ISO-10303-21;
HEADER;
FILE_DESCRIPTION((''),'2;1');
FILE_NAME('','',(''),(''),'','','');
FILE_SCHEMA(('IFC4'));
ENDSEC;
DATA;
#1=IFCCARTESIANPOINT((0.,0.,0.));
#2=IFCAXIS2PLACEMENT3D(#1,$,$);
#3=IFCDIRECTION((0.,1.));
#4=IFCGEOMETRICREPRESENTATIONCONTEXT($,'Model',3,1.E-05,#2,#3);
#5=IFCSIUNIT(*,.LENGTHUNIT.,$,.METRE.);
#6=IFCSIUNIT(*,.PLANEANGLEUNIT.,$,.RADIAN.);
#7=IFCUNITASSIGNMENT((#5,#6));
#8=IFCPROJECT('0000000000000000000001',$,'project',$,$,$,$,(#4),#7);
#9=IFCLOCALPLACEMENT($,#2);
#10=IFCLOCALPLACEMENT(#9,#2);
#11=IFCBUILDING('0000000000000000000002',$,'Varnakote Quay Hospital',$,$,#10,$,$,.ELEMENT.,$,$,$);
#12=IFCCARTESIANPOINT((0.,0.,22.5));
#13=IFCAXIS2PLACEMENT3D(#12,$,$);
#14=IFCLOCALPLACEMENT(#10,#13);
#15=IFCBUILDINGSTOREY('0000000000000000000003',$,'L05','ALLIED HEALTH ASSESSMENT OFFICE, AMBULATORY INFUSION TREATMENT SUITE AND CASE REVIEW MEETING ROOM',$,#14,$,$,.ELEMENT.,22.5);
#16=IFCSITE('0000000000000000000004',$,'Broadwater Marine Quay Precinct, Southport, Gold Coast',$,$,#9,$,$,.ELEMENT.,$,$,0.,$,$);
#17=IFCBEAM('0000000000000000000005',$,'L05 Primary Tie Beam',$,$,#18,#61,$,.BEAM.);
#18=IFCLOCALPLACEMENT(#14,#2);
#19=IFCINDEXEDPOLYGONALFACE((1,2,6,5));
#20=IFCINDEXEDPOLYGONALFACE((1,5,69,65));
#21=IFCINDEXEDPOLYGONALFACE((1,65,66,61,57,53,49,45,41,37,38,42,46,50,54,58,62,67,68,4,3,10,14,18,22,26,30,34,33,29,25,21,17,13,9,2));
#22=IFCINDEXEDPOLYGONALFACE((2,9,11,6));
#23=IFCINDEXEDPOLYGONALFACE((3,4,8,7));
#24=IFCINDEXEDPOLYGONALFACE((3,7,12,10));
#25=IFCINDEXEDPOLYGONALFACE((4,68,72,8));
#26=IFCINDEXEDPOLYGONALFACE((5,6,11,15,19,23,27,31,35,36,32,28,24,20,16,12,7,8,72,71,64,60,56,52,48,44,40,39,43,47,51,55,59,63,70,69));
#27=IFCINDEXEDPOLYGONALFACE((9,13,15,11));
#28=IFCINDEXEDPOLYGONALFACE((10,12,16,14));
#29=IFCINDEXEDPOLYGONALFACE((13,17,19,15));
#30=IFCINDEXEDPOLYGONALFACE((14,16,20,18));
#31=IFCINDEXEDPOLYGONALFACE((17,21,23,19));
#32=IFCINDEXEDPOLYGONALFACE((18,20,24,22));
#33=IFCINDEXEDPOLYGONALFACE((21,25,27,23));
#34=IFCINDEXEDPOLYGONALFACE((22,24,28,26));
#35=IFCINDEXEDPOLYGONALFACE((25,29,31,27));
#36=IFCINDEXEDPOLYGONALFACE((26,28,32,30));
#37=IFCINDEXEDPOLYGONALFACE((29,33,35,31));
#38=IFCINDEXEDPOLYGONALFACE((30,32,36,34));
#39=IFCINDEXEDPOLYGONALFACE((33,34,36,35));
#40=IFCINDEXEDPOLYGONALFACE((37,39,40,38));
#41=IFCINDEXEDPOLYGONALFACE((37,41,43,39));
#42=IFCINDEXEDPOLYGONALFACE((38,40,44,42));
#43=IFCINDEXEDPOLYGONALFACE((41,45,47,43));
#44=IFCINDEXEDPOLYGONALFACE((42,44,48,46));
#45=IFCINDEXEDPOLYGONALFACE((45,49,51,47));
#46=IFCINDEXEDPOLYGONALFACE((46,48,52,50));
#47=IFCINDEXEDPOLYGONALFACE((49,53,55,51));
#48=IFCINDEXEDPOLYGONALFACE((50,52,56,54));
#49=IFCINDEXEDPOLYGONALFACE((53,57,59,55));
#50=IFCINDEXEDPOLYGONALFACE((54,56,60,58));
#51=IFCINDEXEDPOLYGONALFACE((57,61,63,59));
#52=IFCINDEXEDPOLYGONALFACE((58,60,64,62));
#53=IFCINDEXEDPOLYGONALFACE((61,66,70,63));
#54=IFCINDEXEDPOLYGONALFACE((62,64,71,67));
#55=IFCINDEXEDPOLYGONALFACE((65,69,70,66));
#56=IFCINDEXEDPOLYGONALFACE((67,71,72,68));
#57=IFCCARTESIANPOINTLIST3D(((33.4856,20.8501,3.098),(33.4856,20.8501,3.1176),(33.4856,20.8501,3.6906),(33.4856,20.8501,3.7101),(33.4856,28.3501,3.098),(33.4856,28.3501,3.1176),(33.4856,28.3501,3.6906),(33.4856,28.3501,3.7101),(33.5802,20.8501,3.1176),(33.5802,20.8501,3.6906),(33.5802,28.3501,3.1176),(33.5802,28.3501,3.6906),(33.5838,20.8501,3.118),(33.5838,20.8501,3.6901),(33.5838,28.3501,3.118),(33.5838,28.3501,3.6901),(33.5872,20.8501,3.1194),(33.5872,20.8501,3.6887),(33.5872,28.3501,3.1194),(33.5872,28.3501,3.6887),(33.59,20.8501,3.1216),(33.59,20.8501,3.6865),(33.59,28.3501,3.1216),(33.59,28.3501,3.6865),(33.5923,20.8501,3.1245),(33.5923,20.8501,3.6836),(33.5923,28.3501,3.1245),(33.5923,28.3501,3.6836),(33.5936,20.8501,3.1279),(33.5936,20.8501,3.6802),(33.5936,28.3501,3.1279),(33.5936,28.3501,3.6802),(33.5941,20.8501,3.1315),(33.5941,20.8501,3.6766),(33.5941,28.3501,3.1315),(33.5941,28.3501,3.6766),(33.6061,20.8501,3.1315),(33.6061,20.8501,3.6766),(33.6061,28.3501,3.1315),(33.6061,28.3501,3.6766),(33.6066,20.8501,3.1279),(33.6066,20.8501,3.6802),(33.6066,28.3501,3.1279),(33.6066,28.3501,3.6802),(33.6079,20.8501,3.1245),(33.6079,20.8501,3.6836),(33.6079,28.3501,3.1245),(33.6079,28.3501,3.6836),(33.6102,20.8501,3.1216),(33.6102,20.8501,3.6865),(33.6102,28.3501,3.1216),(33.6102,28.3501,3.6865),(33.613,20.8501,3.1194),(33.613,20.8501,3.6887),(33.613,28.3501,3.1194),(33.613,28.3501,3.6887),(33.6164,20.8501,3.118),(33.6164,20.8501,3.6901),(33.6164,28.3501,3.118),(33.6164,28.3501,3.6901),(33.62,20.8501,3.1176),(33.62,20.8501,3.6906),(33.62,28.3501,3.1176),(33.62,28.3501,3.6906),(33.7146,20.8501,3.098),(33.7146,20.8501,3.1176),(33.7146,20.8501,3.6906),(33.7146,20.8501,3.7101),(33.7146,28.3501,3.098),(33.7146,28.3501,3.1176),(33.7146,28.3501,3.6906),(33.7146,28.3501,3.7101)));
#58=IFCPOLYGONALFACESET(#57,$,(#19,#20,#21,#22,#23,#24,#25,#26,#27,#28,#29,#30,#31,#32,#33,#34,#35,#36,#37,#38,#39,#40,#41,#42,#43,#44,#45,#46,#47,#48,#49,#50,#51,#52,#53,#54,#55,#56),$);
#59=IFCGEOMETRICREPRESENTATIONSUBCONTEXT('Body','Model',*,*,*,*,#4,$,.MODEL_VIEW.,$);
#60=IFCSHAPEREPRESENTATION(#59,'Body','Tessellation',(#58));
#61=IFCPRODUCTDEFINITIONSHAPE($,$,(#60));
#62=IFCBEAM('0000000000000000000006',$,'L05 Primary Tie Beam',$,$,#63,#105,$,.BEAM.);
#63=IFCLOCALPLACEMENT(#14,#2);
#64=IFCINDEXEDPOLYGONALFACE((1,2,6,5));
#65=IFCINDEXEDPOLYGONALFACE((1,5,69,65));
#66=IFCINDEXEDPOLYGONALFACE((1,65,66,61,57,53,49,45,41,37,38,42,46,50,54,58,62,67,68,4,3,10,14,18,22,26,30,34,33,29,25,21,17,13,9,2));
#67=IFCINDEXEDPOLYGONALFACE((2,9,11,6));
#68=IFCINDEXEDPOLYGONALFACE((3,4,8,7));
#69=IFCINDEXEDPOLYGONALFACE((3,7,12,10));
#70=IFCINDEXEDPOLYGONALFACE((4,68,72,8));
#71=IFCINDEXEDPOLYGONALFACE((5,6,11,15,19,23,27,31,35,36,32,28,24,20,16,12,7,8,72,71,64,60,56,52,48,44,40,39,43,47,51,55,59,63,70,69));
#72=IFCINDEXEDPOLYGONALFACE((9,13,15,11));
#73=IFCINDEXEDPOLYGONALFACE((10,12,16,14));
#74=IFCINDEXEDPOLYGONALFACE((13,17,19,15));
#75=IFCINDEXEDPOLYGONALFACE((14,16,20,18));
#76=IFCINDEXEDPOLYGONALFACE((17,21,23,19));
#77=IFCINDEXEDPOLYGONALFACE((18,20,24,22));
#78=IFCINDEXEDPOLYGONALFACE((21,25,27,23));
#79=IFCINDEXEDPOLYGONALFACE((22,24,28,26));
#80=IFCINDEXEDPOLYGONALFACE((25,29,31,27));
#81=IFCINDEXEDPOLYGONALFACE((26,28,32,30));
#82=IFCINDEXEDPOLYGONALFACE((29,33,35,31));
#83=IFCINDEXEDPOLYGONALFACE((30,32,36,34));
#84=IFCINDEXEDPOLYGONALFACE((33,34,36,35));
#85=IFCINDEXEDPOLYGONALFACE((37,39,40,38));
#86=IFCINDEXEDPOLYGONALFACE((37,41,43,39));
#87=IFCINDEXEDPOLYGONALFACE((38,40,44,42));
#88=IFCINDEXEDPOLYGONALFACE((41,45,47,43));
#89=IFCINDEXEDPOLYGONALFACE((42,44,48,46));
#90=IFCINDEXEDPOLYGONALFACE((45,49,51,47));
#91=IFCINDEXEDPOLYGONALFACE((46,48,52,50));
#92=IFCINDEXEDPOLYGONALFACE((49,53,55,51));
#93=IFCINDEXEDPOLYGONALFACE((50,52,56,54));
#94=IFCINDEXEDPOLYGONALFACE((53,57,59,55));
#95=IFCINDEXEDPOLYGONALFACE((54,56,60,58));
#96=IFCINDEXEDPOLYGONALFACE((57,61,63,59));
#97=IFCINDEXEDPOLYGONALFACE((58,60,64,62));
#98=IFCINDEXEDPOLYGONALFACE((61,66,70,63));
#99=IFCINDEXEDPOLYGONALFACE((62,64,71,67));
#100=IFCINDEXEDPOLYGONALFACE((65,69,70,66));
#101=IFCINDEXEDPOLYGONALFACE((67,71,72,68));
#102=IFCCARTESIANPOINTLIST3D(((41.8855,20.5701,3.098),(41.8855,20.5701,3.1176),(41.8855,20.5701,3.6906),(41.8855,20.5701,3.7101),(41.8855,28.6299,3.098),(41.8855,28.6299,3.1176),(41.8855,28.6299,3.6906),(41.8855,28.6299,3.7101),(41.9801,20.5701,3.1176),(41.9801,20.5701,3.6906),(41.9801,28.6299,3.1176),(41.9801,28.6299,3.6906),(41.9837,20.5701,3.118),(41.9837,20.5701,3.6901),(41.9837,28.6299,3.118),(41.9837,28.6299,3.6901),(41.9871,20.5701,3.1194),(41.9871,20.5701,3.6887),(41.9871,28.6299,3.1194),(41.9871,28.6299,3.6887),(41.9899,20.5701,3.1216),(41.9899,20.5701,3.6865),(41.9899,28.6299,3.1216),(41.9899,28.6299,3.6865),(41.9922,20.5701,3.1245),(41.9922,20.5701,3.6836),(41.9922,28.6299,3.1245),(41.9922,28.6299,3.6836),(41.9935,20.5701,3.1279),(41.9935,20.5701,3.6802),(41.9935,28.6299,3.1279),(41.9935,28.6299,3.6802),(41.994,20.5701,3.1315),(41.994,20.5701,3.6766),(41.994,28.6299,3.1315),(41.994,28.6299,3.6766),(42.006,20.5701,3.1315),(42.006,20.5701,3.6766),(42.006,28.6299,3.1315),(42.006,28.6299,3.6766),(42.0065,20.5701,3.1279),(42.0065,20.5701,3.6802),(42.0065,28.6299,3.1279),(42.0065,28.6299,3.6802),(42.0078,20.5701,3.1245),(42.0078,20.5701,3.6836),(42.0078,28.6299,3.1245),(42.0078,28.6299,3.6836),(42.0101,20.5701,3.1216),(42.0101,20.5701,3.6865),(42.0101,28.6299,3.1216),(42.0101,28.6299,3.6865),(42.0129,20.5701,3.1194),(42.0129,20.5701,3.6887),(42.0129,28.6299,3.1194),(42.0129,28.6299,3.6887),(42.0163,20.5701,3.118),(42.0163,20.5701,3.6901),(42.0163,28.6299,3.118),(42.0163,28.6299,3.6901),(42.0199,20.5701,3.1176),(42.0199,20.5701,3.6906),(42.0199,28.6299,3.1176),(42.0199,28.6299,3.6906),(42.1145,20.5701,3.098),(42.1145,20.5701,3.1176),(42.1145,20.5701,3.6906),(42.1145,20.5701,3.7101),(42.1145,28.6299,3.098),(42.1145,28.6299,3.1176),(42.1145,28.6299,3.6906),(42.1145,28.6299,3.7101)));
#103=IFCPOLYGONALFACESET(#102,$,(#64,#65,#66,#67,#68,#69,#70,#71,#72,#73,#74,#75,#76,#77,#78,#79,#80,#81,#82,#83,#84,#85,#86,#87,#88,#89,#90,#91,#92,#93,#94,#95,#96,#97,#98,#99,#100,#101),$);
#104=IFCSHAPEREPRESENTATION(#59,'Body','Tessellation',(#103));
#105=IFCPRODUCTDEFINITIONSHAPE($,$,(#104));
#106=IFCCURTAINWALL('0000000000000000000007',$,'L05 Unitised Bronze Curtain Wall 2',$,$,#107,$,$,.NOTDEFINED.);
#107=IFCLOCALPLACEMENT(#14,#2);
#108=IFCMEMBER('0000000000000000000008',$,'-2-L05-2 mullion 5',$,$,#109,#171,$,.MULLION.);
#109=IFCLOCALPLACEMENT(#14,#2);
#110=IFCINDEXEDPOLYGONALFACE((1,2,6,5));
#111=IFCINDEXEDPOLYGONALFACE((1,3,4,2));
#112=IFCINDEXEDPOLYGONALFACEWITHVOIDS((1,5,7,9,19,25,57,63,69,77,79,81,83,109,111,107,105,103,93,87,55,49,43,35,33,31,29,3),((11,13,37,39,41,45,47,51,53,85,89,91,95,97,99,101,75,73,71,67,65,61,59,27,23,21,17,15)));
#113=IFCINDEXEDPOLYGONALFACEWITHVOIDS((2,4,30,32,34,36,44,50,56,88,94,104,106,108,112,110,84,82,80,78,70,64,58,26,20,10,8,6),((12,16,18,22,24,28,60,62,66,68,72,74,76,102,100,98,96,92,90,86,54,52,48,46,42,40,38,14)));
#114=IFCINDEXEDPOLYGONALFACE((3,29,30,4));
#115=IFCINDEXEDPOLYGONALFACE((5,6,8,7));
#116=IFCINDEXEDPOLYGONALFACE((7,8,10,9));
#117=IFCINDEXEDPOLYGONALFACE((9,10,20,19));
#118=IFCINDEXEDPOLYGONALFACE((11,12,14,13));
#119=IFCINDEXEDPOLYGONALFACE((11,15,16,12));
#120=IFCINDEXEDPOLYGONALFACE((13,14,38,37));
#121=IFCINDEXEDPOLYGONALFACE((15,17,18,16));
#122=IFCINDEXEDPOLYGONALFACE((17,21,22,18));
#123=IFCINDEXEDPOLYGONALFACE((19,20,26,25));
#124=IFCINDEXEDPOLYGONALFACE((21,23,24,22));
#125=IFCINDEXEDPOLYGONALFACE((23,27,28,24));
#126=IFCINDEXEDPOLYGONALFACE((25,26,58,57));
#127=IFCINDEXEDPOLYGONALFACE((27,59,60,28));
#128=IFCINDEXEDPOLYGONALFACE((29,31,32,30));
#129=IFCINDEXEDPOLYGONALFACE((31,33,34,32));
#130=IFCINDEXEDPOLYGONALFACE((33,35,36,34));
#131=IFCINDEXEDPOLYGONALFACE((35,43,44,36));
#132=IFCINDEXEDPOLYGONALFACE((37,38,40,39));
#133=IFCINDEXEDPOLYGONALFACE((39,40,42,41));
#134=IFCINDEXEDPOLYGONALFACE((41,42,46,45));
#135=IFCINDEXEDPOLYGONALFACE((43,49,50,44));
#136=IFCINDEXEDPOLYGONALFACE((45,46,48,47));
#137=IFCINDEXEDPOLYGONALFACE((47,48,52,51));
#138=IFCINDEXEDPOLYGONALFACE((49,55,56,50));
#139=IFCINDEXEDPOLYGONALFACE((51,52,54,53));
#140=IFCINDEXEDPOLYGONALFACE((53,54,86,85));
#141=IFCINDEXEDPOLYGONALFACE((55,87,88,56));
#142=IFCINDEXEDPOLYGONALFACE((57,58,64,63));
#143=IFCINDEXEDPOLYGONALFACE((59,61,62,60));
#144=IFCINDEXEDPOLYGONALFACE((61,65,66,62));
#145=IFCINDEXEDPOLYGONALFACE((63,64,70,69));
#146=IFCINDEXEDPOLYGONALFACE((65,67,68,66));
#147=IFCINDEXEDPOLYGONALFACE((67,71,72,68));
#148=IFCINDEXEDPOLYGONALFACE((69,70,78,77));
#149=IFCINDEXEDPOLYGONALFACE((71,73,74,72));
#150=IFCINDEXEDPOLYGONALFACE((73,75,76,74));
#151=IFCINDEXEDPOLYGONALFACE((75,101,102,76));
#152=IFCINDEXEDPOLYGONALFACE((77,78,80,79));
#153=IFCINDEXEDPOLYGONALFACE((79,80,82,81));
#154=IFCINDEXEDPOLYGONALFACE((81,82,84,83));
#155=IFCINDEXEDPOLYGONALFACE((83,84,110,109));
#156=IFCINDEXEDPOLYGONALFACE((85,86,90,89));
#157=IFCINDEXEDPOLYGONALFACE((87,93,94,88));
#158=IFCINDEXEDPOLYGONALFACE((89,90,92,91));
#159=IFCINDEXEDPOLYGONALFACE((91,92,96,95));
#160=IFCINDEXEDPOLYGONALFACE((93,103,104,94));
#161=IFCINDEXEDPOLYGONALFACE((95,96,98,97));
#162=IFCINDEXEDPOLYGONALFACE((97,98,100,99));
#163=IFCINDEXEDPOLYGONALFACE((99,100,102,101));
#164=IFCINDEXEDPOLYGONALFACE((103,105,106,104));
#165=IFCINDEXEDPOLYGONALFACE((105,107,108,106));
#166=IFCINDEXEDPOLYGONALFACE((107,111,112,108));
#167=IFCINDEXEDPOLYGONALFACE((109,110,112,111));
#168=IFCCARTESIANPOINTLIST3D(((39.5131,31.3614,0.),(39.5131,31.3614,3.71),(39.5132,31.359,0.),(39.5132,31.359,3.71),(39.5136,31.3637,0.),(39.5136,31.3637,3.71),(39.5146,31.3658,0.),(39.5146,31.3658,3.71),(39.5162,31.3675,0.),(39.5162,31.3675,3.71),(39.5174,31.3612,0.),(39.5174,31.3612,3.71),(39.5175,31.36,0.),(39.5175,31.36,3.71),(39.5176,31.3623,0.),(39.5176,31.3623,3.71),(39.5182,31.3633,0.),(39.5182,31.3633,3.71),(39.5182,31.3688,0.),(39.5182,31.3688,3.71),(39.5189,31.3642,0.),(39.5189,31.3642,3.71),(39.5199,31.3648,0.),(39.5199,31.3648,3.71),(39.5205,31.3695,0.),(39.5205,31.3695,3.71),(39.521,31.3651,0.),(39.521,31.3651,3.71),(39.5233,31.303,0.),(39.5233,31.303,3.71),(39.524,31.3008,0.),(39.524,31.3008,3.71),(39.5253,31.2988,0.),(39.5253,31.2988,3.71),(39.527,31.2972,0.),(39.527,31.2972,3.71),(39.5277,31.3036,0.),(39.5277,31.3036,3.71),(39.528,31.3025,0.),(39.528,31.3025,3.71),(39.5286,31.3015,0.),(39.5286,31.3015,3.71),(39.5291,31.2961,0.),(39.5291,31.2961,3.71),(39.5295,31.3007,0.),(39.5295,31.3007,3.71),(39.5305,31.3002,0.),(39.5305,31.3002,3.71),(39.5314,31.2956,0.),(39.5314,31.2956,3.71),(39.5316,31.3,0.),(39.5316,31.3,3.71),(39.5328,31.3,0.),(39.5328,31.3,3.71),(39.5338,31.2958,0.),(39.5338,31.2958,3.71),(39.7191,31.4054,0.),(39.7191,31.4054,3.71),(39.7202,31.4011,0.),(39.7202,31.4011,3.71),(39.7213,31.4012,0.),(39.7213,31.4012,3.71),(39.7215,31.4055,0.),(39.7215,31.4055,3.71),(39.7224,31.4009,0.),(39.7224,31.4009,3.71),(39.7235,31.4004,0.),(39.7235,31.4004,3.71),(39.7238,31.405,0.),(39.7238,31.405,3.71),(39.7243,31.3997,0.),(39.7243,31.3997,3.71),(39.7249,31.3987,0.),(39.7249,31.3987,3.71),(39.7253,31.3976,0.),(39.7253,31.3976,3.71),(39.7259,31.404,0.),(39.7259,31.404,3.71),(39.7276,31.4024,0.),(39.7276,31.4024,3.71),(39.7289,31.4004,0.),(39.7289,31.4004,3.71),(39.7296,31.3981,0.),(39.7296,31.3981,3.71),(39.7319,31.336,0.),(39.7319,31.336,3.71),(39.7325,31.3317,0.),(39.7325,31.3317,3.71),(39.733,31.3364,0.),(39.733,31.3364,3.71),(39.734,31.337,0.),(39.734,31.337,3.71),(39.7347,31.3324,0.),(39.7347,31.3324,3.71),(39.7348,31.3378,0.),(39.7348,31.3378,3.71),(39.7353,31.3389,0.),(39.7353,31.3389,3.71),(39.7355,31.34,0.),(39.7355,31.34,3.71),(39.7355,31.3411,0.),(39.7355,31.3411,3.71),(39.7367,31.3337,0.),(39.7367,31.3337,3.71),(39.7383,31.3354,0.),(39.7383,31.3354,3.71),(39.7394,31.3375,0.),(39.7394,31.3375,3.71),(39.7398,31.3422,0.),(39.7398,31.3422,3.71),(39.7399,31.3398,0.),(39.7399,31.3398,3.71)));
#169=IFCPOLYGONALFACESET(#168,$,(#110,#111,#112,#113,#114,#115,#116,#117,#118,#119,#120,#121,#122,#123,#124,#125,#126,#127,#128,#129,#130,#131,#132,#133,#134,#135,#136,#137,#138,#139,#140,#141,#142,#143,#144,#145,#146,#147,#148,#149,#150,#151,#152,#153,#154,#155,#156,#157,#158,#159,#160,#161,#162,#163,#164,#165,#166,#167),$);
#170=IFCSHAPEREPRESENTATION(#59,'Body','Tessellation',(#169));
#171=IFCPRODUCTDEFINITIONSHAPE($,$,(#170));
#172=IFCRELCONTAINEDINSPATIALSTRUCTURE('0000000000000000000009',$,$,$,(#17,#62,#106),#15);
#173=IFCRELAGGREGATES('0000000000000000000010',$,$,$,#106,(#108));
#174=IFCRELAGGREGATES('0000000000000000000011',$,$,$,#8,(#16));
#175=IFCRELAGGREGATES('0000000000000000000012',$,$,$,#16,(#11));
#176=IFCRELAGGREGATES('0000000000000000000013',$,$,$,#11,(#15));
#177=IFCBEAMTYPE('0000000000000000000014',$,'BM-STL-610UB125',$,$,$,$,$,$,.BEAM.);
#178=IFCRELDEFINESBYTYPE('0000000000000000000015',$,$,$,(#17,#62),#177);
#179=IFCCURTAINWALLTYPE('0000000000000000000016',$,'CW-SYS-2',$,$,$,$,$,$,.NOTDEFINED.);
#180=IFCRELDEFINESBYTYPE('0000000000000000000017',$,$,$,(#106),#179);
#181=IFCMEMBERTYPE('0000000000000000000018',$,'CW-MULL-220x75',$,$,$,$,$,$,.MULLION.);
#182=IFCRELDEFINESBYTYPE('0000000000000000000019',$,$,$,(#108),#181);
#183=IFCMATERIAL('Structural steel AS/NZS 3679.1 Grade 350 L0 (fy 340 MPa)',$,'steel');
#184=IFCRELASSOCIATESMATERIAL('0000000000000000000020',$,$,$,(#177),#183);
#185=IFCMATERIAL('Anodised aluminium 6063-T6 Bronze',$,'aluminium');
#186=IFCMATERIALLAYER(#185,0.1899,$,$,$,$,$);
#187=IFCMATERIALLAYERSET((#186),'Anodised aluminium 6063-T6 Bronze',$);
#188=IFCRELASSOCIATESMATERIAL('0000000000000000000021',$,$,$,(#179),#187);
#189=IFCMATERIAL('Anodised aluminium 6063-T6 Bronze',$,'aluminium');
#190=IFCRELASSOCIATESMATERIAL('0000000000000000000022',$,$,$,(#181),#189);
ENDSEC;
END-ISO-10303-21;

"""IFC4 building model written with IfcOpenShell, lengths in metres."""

from ifc_helpers import new_model, si_unit, direction, frame, origin, origin_2d, place, context, subcontext, project, spatial, hollow_rectangle, i_section, extrude, material, layer, layer_set, material_profile, profile_set, type_object, element, aggregate, save


model = new_model("IFC4")

# Units and contexts
model_context = context("Model", 3, precision=1e-05, world=origin(), true_north=direction((0.0, 1.0)))
body_context = subcontext(model_context, "Body", "Model", "MODEL_VIEW")
ifc_project = project(units=[si_unit("LENGTHUNIT", "METRE"), si_unit("PLANEANGLEUNIT", "RADIAN")], contexts=[model_context])

# Site, building, storey
site_placement = place(None, origin())
site = spatial("IfcSite", under=ifc_project, at=site_placement, Name="Broadwater Marine Quay Precinct, Southport, Gold Coast", CompositionType="ELEMENT", RefElevation=0.0)
building_placement = place(site_placement, origin())
building = spatial("IfcBuilding", under=site, at=building_placement, Name="Varnakote Quay Hospital", CompositionType="ELEMENT")
storey_placement = place(building_placement, frame((0.0, 0.0, 22.5)))
storey = spatial("IfcBuildingStorey", under=building, at=storey_placement, Name="L05", Description="ALLIED HEALTH ASSESSMENT OFFICE, AMBULATORY INFUSION TREATMENT SUITE AND CASE REVIEW MEETING ROOM", CompositionType="ELEMENT", Elevation=22.5)

# Beams
ifc_material_1 = material(Name="Structural steel AS/NZS 3679.1 Grade 350 L0 (fy 340 MPa)", Category="steel")
ifc_material_profile_1 = material_profile(ifc_material_1, i_section(OverallWidth=0.229, OverallDepth=0.6121, WebThickness=0.012, FlangeThickness=0.0195, FilletRadius=0.0139, at=origin_2d()), Name="610UB125")
ifc_profile_set_1 = profile_set([ifc_material_profile_1], Name="Structural steel AS/NZS 3679.1 Grade 350 L0 (fy 340 MPa)")
beam_type_1 = type_object("IfcBeamType", Name="BM-STL-610UB125", PredefinedType="BEAM", material=ifc_profile_set_1)
beam_1_placement = place(storey_placement, frame((33.6001, 20.8501, 3.4041), z_axis=(0.0, 1.0, 0.0), x_axis=(-1.0, 0.0, 0.0)))
element("IfcBeam", 1, at=beam_1_placement, inside=storey, type_object=beam_type_1, Name="L05 Primary Tie Beam", PredefinedType="BEAM", context=body_context, shape_type="SweptSolid", body=[
    extrude(i_section(OverallWidth=0.229, OverallDepth=0.6121, WebThickness=0.012, FlangeThickness=0.0195, FilletRadius=0.0139, at=origin_2d()), origin(), (0.0, 0.0, 1.0), 7.5),
])
beam_2_placement = place(storey_placement, frame((42.0, 20.5701, 3.4041), z_axis=(0.0, 1.0, 0.0), x_axis=(-1.0, 0.0, 0.0)))
element("IfcBeam", 2, at=beam_2_placement, inside=storey, type_object=beam_type_1, Name="L05 Primary Tie Beam", PredefinedType="BEAM", context=body_context, shape_type="SweptSolid", body=[
    extrude(i_section(OverallWidth=0.229, OverallDepth=0.6121, WebThickness=0.012, FlangeThickness=0.0195, FilletRadius=0.0139, at=origin_2d()), origin(), (0.0, 0.0, 1.0), 8.0598),
])

# Curtain wall, member
ifc_material_2 = material(Name="Anodised aluminium 6063-T6 Bronze", Category="aluminium")
ifc_layer_1 = layer(ifc_material_2, 0.1899)
ifc_layer_set_1 = layer_set([ifc_layer_1], Name="Anodised aluminium 6063-T6 Bronze")
curtain_wall_type = type_object("IfcCurtainWallType", Name="CW-SYS-2", PredefinedType="NOTDEFINED", material=ifc_layer_set_1)
curtain_wall_placement = place(storey_placement, origin())
curtain_wall = element("IfcCurtainWall", 3, at=curtain_wall_placement, inside=storey, type_object=curtain_wall_type, Name="L05 Unitised Bronze Curtain Wall 2", PredefinedType="NOTDEFINED")
ifc_material_3 = material(Name="Anodised aluminium 6063-T6 Bronze", Category="aluminium")
ifc_material_profile_2 = material_profile(ifc_material_3, hollow_rectangle(XDim=0.075, YDim=0.22, WallThickness=0.0044, InnerFilletRadius=0.0044, OuterFilletRadius=0.009, at=origin_2d()), Name="CW-MULL-220x75")
ifc_profile_set_2 = profile_set([ifc_material_profile_2], Name="Anodised aluminium 6063-T6 Bronze")
member_type = type_object("IfcMemberType", Name="CW-MULL-220x75", PredefinedType="MULLION", material=ifc_profile_set_2)
member_placement = place(storey_placement, frame((39.6265, 31.3506, 0.0), z_axis=(0.0, 0.0, 1.0), x_axis=(0.177846, -0.984058, 0.0)))
member = element("IfcMember", 4, at=member_placement, type_object=member_type, Name="-2-L05-2 mullion 5", PredefinedType="MULLION", context=body_context, shape_type="SweptSolid", body=[
    extrude(hollow_rectangle(XDim=0.075, YDim=0.22, WallThickness=0.0044, InnerFilletRadius=0.0044, OuterFilletRadius=0.009, at=origin_2d()), origin(), (0.0, 0.0, 1.0), 3.71),
])

aggregate(curtain_wall, [member])

save(model, "model.ifc")
